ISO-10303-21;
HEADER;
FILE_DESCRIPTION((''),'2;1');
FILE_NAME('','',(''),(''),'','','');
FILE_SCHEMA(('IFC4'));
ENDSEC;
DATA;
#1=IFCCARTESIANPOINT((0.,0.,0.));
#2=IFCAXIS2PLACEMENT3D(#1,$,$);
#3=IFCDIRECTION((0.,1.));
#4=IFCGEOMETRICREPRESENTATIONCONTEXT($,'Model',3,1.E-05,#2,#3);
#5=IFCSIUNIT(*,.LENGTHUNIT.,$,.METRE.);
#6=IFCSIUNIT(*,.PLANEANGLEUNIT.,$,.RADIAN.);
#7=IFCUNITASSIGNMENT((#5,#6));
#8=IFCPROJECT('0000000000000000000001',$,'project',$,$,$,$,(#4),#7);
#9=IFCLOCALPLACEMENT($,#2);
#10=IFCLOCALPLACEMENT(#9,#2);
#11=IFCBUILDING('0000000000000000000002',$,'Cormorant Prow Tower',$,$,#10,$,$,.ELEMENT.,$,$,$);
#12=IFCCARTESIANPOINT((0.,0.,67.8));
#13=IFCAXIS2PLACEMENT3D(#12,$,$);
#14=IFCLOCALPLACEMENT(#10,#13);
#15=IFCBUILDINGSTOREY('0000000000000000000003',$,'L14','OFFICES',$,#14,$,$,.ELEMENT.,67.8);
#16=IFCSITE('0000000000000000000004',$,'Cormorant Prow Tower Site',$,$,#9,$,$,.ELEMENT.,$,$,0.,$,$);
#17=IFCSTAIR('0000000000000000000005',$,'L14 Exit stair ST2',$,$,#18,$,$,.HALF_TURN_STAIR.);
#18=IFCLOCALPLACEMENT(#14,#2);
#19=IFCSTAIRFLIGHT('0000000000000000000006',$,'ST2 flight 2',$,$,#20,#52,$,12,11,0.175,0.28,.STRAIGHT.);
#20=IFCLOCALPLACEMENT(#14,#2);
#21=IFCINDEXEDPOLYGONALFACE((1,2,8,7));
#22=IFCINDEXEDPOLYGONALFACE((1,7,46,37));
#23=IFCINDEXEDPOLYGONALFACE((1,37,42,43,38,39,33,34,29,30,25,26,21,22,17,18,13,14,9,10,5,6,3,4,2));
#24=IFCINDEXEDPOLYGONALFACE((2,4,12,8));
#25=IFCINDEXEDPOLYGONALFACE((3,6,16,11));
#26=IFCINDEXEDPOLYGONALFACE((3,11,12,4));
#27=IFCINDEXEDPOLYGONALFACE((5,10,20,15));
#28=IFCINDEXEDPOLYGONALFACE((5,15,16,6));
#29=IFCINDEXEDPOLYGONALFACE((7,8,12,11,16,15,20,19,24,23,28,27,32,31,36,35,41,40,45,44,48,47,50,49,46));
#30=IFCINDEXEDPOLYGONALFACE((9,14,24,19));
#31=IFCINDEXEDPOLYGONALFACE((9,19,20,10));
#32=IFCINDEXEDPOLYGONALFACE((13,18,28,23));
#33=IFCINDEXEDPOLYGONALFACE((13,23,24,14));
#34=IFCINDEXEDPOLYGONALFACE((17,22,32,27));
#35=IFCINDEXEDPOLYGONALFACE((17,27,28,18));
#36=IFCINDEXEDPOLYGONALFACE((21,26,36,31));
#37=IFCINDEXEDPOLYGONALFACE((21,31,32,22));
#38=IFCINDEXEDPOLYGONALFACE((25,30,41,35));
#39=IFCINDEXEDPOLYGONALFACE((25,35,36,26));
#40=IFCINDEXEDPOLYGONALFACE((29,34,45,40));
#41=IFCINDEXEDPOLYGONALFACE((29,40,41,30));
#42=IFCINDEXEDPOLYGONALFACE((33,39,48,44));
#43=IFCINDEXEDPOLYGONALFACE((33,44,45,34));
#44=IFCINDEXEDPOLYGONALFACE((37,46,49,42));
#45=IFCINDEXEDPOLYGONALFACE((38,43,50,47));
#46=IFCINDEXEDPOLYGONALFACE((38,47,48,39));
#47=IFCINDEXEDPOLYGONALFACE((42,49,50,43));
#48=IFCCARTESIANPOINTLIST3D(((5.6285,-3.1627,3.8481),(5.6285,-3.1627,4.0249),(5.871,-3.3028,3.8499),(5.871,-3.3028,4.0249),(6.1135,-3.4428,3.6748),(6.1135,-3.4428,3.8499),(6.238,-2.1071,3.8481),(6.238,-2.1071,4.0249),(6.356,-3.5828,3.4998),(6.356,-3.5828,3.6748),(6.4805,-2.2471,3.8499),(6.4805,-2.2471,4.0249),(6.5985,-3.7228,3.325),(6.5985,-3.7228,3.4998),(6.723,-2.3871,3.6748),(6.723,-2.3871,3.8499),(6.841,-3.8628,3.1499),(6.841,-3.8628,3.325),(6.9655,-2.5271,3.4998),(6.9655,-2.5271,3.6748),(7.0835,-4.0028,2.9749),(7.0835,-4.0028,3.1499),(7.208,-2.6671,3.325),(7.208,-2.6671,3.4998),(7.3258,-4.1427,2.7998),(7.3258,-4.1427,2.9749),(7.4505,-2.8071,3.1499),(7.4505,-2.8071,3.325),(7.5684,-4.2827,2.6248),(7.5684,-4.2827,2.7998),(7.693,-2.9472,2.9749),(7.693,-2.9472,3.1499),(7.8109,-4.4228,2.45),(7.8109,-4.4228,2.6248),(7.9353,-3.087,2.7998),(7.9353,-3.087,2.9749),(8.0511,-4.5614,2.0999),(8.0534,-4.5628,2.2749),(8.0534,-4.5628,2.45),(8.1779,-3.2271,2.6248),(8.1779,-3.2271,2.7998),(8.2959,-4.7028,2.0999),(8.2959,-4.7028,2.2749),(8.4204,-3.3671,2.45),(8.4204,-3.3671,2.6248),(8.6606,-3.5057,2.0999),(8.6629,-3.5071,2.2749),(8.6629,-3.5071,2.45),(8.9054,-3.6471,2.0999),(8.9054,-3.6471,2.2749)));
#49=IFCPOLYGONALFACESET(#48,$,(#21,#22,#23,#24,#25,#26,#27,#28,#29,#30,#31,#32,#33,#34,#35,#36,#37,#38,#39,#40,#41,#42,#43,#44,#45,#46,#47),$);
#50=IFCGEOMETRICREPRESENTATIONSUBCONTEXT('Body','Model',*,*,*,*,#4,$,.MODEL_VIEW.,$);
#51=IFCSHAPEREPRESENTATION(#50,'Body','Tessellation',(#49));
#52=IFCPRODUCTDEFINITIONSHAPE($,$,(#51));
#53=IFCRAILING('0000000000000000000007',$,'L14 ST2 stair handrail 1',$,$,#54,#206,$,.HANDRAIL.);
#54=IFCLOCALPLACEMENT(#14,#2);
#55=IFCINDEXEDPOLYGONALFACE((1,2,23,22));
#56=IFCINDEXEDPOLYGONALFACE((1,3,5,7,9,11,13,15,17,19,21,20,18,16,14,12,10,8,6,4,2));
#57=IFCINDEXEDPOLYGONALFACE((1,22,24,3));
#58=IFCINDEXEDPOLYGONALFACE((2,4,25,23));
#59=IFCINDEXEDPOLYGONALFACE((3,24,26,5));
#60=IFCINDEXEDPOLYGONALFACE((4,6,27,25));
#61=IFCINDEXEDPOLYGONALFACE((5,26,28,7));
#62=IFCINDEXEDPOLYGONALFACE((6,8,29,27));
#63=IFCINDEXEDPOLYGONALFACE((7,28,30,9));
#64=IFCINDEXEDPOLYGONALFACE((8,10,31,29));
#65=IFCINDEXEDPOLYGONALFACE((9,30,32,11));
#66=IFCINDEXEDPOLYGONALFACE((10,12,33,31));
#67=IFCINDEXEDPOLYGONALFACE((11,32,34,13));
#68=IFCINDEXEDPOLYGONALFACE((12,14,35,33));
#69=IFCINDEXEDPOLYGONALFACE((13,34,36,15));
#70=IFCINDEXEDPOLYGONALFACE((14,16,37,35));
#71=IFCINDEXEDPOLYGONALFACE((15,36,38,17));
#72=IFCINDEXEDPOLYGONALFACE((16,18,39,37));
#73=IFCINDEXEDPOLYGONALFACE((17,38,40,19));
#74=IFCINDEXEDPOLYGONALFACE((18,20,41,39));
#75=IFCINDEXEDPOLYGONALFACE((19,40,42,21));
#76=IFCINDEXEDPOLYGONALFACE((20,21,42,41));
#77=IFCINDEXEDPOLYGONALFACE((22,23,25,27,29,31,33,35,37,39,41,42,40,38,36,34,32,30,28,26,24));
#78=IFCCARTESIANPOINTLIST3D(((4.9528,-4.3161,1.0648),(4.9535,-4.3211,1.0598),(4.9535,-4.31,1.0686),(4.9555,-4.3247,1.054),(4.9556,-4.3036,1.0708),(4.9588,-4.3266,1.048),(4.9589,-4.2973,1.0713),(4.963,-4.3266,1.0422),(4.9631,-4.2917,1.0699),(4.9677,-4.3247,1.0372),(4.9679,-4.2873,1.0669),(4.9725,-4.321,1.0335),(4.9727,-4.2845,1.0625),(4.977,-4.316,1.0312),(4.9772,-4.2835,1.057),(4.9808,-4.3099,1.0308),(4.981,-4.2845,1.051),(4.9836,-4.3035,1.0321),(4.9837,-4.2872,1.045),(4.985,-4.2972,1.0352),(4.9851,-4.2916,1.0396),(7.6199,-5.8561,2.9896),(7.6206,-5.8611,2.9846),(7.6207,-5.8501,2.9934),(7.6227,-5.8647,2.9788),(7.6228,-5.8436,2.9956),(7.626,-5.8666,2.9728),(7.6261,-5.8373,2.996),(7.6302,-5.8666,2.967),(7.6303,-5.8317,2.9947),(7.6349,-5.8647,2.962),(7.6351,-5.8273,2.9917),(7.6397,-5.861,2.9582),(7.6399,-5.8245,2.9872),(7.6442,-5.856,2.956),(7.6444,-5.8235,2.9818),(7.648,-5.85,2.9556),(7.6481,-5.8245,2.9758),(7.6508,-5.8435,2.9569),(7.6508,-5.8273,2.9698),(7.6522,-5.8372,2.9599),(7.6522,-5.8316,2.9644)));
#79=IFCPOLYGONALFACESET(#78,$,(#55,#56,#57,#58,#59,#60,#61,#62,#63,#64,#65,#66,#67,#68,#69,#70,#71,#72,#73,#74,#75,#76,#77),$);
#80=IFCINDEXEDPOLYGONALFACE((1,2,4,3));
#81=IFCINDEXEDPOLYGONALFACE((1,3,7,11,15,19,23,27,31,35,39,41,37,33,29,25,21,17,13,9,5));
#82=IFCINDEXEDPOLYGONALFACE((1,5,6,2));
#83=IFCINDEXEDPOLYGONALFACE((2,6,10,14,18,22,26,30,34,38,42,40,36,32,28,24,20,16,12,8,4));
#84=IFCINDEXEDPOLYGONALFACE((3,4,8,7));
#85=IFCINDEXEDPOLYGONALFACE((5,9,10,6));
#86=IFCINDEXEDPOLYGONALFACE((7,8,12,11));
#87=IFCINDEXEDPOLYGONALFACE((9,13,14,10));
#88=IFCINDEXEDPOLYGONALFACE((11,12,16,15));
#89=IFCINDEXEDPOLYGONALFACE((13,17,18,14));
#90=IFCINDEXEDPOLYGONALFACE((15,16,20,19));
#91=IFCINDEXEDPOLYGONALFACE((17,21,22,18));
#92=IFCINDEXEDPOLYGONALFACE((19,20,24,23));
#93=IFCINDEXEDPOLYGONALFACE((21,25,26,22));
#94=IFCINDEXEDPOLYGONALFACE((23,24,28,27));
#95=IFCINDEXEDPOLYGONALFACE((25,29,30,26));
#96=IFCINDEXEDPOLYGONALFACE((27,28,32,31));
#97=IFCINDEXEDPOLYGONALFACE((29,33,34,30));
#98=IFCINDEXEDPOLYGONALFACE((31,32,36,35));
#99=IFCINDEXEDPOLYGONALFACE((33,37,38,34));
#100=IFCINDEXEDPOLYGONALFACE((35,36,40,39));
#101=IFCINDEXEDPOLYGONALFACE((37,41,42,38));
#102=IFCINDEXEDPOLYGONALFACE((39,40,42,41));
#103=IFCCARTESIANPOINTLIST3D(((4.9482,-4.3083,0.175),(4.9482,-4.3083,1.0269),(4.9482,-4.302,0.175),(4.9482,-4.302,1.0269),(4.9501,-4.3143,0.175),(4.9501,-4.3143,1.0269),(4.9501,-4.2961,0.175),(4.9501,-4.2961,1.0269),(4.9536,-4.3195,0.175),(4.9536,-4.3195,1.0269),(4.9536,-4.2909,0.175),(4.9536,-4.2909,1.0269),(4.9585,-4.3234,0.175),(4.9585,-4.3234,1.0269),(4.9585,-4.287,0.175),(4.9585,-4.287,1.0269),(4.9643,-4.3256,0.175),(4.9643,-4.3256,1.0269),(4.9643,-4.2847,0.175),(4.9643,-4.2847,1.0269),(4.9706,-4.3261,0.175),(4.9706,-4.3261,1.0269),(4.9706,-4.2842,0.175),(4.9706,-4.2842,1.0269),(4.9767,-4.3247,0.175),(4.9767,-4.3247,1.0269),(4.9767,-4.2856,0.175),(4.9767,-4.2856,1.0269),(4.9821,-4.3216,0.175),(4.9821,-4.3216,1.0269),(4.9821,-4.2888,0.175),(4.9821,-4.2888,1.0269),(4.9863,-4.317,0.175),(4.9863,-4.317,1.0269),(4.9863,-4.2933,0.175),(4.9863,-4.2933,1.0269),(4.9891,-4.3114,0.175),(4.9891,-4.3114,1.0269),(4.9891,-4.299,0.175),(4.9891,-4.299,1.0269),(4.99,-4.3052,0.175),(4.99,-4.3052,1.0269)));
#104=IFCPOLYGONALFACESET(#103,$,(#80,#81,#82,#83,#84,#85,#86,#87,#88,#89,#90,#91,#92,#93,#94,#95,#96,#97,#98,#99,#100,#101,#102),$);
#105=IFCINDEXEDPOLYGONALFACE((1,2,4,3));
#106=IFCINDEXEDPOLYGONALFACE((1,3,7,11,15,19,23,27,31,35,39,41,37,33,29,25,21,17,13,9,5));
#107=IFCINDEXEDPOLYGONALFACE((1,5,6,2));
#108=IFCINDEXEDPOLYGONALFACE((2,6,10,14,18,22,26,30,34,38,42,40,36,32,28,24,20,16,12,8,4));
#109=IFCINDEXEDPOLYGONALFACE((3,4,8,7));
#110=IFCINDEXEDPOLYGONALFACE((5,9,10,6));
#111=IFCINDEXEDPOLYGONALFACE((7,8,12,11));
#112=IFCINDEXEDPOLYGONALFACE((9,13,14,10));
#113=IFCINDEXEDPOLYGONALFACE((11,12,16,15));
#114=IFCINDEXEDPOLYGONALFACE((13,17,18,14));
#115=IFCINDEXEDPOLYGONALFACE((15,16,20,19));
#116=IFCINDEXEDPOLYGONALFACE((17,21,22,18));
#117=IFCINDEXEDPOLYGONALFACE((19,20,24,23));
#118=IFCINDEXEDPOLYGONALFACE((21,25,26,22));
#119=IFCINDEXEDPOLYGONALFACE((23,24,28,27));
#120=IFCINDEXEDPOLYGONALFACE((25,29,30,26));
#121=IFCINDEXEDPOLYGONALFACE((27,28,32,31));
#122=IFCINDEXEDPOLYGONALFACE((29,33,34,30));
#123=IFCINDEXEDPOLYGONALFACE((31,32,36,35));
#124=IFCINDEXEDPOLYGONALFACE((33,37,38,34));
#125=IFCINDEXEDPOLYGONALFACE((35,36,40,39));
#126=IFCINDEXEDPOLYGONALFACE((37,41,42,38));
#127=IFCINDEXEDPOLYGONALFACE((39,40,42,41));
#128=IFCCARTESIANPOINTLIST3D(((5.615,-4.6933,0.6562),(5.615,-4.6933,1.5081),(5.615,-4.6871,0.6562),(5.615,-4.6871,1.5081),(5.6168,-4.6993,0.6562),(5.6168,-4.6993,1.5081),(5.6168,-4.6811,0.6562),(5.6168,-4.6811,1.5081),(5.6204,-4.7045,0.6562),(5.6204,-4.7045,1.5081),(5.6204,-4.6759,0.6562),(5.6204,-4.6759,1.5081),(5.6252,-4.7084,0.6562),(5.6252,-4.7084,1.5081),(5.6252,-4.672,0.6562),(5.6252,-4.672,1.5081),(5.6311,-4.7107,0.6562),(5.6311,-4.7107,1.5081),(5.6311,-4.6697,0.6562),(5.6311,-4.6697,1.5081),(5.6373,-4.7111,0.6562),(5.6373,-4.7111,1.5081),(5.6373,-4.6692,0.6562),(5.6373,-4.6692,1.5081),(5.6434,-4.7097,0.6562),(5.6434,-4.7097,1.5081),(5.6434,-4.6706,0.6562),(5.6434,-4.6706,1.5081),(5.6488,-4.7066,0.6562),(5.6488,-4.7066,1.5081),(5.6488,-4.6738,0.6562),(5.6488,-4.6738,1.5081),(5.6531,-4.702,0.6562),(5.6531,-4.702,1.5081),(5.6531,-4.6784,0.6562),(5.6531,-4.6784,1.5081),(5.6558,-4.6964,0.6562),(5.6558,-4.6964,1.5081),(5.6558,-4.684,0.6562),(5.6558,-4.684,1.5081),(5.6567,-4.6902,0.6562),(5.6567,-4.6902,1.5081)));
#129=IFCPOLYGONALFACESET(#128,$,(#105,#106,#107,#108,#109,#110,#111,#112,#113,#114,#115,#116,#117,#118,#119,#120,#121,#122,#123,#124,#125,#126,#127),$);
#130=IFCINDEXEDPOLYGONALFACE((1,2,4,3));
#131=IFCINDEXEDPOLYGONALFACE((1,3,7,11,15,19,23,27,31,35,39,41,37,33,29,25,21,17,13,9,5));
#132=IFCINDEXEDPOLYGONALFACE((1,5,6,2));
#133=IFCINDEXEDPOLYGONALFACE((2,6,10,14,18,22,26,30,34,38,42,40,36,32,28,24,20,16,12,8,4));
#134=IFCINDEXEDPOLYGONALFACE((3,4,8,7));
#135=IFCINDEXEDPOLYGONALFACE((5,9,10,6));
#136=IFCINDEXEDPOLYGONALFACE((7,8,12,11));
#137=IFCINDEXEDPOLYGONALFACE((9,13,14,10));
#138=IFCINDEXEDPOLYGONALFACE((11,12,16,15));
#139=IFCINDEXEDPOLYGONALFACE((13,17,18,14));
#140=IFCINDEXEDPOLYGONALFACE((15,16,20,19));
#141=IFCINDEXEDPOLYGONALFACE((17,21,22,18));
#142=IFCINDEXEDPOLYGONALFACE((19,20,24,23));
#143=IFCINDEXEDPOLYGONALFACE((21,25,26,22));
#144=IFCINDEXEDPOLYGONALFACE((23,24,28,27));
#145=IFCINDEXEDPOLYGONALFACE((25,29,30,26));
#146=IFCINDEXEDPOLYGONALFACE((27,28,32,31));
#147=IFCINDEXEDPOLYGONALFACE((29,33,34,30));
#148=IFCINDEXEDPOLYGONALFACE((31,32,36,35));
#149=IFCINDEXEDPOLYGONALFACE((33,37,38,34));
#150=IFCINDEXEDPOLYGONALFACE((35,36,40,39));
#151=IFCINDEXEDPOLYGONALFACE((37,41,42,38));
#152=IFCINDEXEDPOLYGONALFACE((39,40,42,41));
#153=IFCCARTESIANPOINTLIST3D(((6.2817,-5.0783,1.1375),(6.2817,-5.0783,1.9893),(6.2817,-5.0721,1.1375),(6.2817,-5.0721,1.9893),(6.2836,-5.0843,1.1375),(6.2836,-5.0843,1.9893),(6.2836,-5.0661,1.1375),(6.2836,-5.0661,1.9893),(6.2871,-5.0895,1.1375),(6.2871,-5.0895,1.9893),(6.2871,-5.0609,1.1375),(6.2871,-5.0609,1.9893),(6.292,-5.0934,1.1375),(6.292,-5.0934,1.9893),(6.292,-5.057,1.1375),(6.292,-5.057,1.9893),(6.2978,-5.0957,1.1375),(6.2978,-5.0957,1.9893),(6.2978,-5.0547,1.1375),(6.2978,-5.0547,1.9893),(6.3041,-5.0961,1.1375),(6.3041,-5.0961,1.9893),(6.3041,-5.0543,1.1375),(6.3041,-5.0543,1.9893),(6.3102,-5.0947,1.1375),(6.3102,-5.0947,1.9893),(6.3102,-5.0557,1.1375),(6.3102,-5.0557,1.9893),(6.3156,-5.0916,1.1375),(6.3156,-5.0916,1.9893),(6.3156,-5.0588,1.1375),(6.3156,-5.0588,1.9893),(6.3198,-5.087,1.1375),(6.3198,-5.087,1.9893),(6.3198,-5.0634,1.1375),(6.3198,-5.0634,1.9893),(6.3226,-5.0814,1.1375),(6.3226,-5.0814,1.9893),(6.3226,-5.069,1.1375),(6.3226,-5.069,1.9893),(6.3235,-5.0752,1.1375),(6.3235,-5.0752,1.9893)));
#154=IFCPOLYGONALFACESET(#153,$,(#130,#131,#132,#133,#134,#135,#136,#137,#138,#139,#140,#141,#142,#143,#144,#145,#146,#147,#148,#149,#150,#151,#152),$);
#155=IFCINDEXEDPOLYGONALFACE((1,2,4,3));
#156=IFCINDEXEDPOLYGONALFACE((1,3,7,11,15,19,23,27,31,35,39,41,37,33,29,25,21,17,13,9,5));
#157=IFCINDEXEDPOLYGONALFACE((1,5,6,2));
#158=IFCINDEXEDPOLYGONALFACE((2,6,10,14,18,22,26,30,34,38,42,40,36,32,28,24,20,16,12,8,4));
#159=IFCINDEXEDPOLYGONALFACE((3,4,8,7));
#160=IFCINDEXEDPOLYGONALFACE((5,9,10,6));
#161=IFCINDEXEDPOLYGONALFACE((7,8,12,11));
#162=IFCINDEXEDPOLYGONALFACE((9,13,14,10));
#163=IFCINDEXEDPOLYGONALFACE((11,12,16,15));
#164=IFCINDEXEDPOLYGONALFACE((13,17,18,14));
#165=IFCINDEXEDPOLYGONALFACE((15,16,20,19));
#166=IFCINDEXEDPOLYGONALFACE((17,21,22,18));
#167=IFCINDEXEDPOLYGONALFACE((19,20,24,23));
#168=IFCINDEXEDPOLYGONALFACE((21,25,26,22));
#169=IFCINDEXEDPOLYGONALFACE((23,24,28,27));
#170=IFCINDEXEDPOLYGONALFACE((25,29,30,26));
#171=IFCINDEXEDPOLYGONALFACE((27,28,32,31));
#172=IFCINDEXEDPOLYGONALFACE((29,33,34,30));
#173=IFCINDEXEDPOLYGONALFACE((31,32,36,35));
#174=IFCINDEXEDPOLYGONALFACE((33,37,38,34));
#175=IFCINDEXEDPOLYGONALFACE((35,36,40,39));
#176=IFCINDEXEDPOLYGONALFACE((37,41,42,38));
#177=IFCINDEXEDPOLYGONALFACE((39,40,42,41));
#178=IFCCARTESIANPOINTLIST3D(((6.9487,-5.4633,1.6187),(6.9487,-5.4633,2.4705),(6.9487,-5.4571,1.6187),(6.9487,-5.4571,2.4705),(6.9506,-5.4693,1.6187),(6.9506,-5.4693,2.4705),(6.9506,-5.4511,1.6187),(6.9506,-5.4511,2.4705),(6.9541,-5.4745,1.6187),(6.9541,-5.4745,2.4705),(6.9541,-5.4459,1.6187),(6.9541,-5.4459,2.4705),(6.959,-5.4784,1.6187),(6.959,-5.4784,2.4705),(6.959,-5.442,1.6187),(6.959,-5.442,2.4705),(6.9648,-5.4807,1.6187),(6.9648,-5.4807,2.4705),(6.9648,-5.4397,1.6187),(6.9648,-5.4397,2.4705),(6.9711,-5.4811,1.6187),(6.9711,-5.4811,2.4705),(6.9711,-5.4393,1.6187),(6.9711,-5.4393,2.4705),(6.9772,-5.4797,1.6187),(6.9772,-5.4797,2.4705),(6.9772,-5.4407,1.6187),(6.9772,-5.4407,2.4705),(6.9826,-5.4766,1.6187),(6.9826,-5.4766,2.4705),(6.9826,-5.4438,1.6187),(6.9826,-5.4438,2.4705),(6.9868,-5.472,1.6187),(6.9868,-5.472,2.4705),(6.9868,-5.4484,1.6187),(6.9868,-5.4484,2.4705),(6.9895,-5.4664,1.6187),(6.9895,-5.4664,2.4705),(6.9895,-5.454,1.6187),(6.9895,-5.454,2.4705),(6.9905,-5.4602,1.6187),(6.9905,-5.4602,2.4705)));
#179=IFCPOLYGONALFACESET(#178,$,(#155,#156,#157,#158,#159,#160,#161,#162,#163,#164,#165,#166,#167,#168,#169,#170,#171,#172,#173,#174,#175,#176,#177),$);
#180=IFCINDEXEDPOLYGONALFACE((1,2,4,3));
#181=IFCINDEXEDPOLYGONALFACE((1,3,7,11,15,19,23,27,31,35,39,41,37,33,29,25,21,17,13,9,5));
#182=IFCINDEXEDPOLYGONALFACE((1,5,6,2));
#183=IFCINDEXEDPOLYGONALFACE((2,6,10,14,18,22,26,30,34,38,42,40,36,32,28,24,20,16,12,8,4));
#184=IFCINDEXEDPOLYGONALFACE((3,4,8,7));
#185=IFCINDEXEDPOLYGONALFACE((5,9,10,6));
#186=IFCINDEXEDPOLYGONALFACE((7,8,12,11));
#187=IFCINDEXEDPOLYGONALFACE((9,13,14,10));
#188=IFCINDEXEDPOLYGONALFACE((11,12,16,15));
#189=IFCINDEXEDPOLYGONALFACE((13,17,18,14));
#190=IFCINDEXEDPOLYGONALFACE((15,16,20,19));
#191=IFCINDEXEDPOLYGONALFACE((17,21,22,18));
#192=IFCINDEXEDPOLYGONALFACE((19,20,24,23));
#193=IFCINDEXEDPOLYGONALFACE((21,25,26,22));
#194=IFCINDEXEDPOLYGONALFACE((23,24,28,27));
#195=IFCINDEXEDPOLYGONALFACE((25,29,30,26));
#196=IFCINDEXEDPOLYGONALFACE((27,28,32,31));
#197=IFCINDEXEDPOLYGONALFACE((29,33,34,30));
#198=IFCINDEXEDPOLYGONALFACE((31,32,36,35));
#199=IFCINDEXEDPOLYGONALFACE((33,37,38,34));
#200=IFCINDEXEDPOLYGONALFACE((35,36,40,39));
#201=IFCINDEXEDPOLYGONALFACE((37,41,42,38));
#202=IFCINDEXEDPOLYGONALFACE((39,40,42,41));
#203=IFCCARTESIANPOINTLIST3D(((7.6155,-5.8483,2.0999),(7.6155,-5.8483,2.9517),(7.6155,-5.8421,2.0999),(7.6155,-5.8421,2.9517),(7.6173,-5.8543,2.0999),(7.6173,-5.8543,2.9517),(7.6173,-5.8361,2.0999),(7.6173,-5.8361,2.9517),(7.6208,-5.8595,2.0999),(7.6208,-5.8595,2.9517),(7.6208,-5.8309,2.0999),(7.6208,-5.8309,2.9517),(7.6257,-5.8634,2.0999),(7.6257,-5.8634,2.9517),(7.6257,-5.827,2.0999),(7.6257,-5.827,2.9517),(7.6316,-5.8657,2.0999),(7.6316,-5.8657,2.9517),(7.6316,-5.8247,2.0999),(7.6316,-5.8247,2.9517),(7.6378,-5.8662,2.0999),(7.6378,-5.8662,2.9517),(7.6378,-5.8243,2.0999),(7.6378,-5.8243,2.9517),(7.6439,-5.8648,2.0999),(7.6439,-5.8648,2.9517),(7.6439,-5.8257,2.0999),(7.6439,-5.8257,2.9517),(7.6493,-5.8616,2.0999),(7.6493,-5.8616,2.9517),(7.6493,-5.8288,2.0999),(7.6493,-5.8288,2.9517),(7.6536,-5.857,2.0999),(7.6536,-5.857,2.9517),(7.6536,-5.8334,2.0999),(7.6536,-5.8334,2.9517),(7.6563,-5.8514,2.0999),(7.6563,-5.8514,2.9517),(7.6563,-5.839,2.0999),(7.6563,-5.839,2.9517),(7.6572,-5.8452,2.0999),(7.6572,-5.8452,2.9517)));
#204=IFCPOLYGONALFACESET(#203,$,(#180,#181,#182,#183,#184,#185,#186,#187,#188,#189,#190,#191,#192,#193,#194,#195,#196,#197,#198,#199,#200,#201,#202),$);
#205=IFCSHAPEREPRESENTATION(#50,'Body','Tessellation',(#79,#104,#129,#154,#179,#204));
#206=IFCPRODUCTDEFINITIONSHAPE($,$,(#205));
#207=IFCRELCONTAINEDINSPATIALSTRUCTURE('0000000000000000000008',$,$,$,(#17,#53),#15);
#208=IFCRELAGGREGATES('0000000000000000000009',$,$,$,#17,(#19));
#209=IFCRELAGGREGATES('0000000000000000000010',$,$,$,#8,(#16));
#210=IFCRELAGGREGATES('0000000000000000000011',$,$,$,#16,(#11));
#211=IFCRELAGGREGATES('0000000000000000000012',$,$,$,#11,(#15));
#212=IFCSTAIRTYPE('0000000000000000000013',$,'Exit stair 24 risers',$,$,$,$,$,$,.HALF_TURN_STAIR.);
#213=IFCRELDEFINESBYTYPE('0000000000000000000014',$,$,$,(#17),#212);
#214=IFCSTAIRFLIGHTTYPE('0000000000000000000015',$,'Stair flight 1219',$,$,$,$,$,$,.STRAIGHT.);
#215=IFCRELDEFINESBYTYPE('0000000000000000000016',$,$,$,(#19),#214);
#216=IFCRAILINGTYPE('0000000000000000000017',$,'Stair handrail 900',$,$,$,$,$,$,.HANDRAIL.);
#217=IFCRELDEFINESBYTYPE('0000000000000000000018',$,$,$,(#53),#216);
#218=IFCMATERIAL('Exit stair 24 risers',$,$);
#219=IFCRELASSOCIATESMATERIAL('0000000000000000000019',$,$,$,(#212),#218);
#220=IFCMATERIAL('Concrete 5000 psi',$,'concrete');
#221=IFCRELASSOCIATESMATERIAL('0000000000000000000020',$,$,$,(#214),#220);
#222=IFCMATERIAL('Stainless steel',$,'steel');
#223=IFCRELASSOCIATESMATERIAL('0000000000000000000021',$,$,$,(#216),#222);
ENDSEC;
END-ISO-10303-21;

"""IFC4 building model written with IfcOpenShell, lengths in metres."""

from ifc_helpers import new_model, si_unit, direction, frame, origin, origin_2d, place, context, subcontext, project, spatial, polyline, circle, outline, extrude, material, type_object, element, aggregate, save


model = new_model("IFC4")

# Units and contexts
model_context = context("Model", 3, precision=1e-05, world=origin(), true_north=direction((0.0, 1.0)))
body_context = subcontext(model_context, "Body", "Model", "MODEL_VIEW")
ifc_project = project(units=[si_unit("LENGTHUNIT", "METRE"), si_unit("PLANEANGLEUNIT", "RADIAN")], contexts=[model_context])

# Site, building, storey
site_placement = place(None, origin())
site = spatial("IfcSite", under=ifc_project, at=site_placement, Name="Cormorant Prow Tower Site", CompositionType="ELEMENT", RefElevation=0.0)
building_placement = place(site_placement, origin())
building = spatial("IfcBuilding", under=site, at=building_placement, Name="Cormorant Prow Tower", CompositionType="ELEMENT")
storey_placement = place(building_placement, frame((0.0, 0.0, 67.8)))
storey = spatial("IfcBuildingStorey", under=building, at=storey_placement, Name="L14", Description="OFFICES", CompositionType="ELEMENT", Elevation=67.8)

# Stair, stair flight
ifc_material_1 = material(Name="Exit stair 24 risers")
stair_type = type_object("IfcStairType", Name="Exit stair 24 risers", PredefinedType="HALF_TURN_STAIR", material=ifc_material_1)
stair_placement = place(storey_placement, origin())
stair = element("IfcStair", 1, at=stair_placement, inside=storey, type_object=stair_type, Name="L14 Exit stair ST2", PredefinedType="HALF_TURN_STAIR")
ifc_material_2 = material(Name="Concrete 5000 psi", Category="concrete")
stair_flight_type = type_object("IfcStairFlightType", Name="Stair flight 1219", PredefinedType="STRAIGHT", material=ifc_material_2)
stair_flight_1_placement = place(storey_placement, frame((8.6006, -4.175, 2.0999), z_axis=(0.0, 0.0, 1.0), x_axis=(-0.866025, 0.5, 0.0)))
stair_flight_1 = element("IfcStairFlight", 2, at=stair_flight_1_placement, type_object=stair_flight_type, Name="ST2 flight 2", NumberOfRisers=12, NumberOfTreads=11, PredefinedType="STRAIGHT", RiserHeight=0.175, TreadLength=0.28, context=body_context, shape_type="SweptSolid", body=[
    extrude(outline(polyline([(0.0, 0.0), (0.0, 0.175), (0.28, 0.175), (0.28, 0.3501), (0.5601, 0.3501), (0.5601, 0.5249), (0.8401, 0.5249), (0.8401, 0.7), (1.1201, 0.7), (1.1201, 0.875), (1.3999, 0.875), (1.3999, 1.05), (1.6799, 1.05), (1.6799, 1.2251), (1.96, 1.2251), (1.96, 1.3999), (2.24, 1.3999), (2.24, 1.575), (2.52, 1.575), (2.52, 1.75), (2.8, 1.75), (2.8, 1.925), (3.0801, 1.925), (3.0801, 2.1001), (3.0801, 1.7483), (0.2827, 0.0), (0.0, 0.0)])), frame((0.0, 0.6094, 0.0), z_axis=(0.0, -1.0, 0.0), x_axis=(1.0, 0.0, 0.0)), (0.0, 0.0, 1.0), 1.219),
])
aggregate(stair, [stair_flight_1])

# Railing
ifc_material_3 = material(Name="Stainless steel", Category="steel")
railing_type_1 = type_object("IfcRailingType", Name="Stair handrail 900", PredefinedType="HANDRAIL", material=ifc_material_3)
railing_1_placement = place(storey_placement, frame((4.969, -4.3052, 0.175)))
element("IfcRailing", 3, at=railing_1_placement, inside=storey, type_object=railing_type_1, Name="L14 ST2 stair handrail 1", PredefinedType="HANDRAIL", context=body_context, shape_type="SweptSolid", body=[
    extrude(circle(Radius=0.0239, at=origin_2d()), frame((0.0, 0.0, 0.876), z_axis=(0.73439, -0.424031, 0.529971), x_axis=(0.500027, 0.86601, 0.0)), (0.0, 0.0, 1.0), 3.6318),
    extrude(circle(Radius=0.021, at=origin_2d()), origin(), (0.0, 0.0, 1.0), 0.8518),
    extrude(circle(Radius=0.021, at=origin_2d()), frame((0.6667, -0.385, 0.4812)), (0.0, 0.0, 1.0), 0.8518),
    extrude(circle(Radius=0.021, at=origin_2d()), frame((1.3335, -0.77, 0.9624)), (0.0, 0.0, 1.0), 0.8518),
    extrude(circle(Radius=0.021, at=origin_2d()), frame((2.0005, -1.155, 1.4436)), (0.0, 0.0, 1.0), 0.8518),
    extrude(circle(Radius=0.021, at=origin_2d()), frame((2.6672, -1.54, 1.9248)), (0.0, 0.0, 1.0), 0.8518),
])

save(model, "model.ifc")
